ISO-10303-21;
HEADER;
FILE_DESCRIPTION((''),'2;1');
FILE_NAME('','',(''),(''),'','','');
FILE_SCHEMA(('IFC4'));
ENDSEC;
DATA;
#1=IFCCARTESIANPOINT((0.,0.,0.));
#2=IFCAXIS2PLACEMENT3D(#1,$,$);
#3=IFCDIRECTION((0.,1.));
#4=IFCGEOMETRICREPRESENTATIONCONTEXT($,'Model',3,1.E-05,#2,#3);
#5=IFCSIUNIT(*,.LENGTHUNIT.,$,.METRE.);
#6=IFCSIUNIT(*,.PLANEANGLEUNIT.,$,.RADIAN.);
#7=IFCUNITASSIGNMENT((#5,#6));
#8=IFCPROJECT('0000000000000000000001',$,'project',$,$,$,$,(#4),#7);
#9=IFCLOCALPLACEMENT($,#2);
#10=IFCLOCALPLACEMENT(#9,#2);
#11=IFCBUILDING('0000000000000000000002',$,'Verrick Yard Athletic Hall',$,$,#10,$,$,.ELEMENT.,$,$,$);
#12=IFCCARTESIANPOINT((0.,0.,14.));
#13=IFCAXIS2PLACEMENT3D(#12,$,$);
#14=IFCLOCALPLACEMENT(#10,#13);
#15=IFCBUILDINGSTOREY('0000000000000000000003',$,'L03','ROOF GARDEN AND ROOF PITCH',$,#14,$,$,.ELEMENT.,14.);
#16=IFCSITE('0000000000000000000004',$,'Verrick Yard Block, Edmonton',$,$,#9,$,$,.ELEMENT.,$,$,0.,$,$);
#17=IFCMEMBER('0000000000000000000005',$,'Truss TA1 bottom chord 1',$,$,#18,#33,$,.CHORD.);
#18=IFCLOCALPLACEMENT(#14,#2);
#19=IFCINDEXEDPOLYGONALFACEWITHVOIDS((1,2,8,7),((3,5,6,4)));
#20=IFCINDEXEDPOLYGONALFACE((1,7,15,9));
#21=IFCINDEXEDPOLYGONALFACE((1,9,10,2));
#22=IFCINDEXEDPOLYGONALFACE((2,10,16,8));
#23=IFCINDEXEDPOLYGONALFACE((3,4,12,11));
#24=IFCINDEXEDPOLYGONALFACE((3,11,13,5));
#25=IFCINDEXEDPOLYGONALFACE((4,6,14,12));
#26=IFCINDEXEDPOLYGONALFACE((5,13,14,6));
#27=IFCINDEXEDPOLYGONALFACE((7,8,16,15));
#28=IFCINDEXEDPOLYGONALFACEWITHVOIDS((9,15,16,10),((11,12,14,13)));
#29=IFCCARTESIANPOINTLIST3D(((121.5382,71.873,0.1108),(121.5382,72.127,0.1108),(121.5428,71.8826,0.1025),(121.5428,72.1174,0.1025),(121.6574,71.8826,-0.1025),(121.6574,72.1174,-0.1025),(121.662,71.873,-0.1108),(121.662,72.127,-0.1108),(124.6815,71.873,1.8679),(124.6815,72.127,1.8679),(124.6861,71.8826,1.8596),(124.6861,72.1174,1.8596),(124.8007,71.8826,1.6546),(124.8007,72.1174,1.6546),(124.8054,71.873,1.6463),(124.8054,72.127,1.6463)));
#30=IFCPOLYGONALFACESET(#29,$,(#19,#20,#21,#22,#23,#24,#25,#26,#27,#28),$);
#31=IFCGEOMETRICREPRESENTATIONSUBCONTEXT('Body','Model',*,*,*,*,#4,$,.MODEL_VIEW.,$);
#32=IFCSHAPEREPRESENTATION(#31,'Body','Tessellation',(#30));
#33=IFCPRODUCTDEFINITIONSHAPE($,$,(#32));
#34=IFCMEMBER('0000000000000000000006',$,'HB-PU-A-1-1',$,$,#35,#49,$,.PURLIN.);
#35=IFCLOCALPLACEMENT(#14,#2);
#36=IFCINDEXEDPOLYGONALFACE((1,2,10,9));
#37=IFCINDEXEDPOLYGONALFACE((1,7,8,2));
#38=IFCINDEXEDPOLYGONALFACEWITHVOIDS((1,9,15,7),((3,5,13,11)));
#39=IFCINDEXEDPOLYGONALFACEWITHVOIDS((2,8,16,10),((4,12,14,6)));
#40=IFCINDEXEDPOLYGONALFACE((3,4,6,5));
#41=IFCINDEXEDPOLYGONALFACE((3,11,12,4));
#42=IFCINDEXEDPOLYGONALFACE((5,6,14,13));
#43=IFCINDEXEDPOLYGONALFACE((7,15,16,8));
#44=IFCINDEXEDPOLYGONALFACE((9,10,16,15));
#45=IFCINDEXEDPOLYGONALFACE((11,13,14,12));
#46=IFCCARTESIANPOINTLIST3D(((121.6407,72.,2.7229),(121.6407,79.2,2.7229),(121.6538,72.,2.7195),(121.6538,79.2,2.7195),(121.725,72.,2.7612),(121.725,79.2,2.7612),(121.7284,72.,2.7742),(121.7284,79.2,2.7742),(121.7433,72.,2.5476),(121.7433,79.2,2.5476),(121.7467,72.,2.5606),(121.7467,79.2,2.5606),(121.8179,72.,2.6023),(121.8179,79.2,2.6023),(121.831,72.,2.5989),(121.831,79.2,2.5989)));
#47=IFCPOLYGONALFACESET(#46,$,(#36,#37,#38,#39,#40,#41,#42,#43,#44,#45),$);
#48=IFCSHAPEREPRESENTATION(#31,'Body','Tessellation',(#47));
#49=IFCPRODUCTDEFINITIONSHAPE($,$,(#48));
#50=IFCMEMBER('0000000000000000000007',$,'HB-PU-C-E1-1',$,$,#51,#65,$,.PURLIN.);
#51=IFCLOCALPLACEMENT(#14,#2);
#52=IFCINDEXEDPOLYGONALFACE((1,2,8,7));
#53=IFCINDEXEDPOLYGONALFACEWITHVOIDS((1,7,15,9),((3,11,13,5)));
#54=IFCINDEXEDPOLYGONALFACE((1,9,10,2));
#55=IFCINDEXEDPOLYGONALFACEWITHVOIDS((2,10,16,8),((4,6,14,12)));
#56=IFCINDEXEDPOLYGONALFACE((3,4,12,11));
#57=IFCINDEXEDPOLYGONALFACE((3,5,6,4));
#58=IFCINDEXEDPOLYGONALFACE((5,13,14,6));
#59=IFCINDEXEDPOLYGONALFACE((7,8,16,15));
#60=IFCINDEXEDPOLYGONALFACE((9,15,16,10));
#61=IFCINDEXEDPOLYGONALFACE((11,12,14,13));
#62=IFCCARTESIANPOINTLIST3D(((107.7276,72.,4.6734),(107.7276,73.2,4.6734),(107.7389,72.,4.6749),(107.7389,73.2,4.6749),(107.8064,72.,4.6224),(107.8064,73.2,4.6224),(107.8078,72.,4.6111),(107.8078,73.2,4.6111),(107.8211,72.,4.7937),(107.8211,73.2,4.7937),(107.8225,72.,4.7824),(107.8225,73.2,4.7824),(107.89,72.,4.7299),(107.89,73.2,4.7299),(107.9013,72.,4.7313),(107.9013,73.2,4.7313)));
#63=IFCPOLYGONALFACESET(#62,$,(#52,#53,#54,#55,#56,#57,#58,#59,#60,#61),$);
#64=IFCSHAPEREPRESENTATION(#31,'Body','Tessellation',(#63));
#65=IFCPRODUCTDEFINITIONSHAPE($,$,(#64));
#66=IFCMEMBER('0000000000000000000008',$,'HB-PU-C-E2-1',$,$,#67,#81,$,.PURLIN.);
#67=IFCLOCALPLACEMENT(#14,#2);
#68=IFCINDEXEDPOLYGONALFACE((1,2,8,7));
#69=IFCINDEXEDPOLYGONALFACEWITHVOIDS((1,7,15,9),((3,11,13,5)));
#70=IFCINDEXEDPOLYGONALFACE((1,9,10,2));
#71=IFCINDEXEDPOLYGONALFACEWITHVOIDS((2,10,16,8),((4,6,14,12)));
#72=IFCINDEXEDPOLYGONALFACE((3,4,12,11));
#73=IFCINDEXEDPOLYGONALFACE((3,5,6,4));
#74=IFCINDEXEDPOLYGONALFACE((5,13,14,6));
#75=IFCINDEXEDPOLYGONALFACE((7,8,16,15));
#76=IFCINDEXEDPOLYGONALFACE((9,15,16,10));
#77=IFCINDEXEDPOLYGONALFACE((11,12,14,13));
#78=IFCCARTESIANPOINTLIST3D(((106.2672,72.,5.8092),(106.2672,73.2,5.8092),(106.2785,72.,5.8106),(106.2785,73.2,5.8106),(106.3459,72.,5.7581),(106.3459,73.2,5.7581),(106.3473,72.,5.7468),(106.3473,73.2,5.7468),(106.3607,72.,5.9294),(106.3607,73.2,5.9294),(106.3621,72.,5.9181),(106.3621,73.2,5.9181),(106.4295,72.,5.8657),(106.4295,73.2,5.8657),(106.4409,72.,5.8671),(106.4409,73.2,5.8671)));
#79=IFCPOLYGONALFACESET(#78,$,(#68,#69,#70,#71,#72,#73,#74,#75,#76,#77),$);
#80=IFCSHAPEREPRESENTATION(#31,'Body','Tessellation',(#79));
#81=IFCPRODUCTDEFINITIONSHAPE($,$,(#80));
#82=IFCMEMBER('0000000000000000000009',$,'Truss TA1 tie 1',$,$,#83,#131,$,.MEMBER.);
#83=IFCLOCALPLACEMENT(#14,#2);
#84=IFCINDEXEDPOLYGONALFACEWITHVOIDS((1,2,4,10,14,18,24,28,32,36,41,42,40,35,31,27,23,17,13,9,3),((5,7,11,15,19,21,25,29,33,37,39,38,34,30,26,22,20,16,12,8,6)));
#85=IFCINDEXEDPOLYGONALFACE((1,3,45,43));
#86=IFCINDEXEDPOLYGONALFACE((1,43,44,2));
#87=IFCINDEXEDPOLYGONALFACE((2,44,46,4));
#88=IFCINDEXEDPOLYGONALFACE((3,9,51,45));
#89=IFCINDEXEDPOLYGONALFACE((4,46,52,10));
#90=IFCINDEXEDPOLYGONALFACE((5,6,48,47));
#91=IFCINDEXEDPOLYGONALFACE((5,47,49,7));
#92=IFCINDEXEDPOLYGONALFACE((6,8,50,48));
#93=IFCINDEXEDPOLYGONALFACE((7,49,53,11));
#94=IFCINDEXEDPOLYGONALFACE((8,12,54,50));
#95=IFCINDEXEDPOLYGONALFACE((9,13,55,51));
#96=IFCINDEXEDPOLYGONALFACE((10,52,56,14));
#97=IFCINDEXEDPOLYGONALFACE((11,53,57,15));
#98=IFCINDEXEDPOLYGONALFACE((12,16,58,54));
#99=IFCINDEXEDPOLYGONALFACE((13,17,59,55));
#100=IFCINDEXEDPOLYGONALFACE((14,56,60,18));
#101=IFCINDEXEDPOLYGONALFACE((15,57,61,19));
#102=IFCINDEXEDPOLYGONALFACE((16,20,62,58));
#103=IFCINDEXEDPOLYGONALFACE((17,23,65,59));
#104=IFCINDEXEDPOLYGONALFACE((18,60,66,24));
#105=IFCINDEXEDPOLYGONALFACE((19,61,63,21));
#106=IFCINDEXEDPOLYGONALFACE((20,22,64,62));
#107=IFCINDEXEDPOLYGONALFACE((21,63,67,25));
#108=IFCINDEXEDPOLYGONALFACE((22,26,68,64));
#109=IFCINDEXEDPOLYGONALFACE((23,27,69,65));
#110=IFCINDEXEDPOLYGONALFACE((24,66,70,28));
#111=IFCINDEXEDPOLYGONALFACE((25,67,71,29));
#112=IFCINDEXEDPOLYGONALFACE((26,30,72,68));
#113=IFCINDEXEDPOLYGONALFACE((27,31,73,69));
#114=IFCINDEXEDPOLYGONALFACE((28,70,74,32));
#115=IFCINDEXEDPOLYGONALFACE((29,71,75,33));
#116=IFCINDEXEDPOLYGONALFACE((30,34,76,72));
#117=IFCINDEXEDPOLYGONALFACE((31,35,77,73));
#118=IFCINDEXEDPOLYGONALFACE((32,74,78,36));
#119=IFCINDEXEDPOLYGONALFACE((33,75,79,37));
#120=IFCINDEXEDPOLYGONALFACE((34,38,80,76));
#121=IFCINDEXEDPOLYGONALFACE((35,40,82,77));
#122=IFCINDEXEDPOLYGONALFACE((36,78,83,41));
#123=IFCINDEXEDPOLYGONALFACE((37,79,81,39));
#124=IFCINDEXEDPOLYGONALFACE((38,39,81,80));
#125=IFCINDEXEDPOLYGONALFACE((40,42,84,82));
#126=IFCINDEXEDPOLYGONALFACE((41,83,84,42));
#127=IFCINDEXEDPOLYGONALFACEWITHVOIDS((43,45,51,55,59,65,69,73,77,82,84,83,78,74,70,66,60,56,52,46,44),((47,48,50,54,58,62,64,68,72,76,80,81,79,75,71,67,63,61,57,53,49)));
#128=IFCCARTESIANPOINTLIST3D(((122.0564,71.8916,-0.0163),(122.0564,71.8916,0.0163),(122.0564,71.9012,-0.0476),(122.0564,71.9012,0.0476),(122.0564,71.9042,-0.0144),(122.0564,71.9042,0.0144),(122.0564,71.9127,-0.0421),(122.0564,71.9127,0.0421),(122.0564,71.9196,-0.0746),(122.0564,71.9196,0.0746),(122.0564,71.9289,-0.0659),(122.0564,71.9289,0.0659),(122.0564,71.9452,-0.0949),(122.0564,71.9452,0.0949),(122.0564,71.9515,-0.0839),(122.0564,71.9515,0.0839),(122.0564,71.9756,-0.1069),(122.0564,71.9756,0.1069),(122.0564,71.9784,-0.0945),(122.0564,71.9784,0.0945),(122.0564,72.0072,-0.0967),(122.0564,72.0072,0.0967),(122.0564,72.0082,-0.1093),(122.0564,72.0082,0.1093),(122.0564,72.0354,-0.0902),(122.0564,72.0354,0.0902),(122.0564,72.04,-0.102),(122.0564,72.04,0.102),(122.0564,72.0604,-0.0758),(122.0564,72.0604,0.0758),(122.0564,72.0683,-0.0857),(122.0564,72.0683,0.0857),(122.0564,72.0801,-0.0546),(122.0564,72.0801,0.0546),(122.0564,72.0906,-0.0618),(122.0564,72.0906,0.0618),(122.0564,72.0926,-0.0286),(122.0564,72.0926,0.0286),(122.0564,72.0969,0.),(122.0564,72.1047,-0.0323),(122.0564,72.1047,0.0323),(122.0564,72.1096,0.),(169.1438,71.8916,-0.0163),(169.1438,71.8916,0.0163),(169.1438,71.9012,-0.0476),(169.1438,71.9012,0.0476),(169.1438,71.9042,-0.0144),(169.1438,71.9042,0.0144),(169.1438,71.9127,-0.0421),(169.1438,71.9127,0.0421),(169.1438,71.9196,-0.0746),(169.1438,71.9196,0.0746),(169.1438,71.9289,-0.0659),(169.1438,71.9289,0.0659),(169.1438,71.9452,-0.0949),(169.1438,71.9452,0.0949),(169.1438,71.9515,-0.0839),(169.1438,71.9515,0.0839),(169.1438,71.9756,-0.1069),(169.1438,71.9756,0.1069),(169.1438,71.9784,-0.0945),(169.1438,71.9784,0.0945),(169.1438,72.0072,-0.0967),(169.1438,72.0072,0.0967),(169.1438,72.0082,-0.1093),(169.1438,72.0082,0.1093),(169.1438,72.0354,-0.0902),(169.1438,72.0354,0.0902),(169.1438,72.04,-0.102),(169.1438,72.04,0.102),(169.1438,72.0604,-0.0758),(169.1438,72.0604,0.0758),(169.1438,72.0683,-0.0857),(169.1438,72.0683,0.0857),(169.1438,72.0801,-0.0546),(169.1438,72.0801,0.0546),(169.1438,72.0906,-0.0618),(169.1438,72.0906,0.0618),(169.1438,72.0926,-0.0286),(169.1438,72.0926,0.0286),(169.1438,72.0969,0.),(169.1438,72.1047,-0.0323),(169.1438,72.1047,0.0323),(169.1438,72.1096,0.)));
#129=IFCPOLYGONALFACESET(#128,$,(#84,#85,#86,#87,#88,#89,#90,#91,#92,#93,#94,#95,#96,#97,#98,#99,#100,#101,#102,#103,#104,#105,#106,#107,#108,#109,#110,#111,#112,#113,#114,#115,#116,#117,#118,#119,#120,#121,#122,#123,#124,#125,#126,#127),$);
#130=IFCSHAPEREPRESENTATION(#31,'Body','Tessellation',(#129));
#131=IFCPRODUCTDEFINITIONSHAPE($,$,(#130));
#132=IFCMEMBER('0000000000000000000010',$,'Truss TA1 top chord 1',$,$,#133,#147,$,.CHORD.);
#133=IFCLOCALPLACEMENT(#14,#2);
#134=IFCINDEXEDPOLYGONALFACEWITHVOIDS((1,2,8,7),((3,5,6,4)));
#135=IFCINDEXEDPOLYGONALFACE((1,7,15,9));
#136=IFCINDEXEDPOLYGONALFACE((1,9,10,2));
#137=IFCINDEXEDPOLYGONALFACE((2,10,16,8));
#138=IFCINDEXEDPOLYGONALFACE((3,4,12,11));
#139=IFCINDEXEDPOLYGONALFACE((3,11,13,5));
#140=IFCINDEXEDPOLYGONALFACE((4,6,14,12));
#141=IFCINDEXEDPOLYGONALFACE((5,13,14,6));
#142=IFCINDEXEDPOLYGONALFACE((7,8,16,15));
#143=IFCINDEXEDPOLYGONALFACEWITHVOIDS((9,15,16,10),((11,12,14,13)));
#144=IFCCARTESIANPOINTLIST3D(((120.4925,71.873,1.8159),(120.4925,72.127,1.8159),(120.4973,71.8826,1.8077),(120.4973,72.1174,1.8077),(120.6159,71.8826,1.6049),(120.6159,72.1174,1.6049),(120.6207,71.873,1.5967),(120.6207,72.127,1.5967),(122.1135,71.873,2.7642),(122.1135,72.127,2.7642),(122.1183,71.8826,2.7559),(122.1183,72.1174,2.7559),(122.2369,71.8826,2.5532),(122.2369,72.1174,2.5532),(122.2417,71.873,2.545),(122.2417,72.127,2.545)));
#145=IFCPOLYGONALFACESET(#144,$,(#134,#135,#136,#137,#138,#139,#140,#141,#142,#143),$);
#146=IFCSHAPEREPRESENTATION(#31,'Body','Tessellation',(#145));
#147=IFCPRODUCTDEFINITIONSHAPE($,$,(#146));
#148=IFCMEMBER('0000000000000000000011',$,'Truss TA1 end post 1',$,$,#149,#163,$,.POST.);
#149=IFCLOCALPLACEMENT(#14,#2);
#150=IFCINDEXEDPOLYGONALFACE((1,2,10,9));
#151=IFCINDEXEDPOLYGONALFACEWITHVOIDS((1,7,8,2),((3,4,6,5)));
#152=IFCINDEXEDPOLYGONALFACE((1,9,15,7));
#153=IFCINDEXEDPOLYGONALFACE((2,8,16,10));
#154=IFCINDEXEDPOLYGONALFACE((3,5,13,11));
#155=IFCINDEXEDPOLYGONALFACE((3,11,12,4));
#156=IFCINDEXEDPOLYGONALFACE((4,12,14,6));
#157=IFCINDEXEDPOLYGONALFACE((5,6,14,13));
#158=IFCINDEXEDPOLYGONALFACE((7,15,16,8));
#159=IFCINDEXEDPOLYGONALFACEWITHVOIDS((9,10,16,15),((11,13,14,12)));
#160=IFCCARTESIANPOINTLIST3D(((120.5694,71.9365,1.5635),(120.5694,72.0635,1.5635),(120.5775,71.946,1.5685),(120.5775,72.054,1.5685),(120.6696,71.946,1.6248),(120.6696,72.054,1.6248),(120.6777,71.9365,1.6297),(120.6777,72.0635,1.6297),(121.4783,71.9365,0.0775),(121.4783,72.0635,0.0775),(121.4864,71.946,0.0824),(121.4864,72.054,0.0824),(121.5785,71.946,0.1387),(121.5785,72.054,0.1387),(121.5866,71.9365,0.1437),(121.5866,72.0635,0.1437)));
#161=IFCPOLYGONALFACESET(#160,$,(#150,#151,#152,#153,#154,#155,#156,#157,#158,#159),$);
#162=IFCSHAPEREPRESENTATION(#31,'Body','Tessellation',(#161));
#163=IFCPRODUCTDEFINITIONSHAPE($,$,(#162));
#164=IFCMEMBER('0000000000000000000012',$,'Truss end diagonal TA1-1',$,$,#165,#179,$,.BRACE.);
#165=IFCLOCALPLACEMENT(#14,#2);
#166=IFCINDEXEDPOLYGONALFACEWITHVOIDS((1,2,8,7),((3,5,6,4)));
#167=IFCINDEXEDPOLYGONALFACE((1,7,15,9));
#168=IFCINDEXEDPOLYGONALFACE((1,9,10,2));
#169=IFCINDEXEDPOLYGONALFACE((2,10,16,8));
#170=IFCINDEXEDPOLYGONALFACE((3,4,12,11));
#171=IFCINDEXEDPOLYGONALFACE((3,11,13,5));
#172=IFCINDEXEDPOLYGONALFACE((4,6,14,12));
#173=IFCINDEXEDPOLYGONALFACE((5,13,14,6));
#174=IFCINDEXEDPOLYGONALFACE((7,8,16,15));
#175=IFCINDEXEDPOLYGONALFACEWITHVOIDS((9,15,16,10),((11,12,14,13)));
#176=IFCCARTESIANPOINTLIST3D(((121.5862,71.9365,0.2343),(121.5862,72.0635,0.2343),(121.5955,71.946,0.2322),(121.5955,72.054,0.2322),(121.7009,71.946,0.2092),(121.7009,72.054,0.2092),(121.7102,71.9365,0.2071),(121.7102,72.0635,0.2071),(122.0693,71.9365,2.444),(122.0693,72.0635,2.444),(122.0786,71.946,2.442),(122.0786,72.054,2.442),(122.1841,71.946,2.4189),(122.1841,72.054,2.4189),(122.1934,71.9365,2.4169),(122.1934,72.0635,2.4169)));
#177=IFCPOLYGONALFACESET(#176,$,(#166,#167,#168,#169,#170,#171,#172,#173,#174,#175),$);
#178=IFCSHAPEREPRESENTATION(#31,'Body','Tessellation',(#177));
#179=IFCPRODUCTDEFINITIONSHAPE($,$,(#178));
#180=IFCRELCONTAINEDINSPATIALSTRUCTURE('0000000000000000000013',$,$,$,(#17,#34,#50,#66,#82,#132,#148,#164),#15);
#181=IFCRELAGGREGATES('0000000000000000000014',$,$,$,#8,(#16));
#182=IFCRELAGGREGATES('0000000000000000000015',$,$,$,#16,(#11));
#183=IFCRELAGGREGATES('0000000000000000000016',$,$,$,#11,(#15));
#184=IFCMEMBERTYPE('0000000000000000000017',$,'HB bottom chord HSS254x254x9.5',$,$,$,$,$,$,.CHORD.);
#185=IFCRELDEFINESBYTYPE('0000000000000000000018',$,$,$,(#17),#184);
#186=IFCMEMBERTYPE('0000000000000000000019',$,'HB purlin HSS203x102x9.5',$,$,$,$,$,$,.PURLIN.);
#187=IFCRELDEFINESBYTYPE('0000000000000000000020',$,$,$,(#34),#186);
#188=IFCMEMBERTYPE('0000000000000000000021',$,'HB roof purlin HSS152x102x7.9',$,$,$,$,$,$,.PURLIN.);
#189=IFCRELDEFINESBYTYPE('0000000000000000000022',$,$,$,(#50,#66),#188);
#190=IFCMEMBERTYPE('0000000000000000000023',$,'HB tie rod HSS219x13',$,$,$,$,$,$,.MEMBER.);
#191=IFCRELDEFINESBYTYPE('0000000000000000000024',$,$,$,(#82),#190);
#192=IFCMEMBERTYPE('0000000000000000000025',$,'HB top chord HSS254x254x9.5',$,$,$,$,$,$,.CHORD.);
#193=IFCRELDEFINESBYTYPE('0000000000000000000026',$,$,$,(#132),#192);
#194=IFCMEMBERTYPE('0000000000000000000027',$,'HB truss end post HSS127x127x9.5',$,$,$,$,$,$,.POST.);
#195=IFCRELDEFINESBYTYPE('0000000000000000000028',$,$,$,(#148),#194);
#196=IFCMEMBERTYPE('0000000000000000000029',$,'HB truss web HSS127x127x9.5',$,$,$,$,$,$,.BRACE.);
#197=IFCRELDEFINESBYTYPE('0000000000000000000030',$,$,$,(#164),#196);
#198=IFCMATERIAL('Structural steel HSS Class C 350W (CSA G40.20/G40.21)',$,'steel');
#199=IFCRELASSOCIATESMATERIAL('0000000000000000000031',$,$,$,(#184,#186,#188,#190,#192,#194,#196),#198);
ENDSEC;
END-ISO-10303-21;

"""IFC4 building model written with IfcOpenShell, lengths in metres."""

from ifc_helpers import new_model, si_unit, direction, frame, origin, origin_2d, place, context, subcontext, project, spatial, hollow_rectangle, hollow_circle, extrude, material, material_profile, profile_set, type_object, element, save


model = new_model("IFC4")

# Units and contexts
model_context = context("Model", 3, precision=1e-05, world=origin(), true_north=direction((0.0, 1.0)))
body_context = subcontext(model_context, "Body", "Model", "MODEL_VIEW")
ifc_project = project(units=[si_unit("LENGTHUNIT", "METRE"), si_unit("PLANEANGLEUNIT", "RADIAN")], contexts=[model_context])

# Site, building, storey
site_placement = place(None, origin())
site = spatial("IfcSite", under=ifc_project, at=site_placement, Name="Verrick Yard Block, Edmonton", CompositionType="ELEMENT", RefElevation=0.0)
building_placement = place(site_placement, origin())
building = spatial("IfcBuilding", under=site, at=building_placement, Name="Verrick Yard Athletic Hall", CompositionType="ELEMENT")
storey_placement = place(building_placement, frame((0.0, 0.0, 14.0)))
storey = spatial("IfcBuildingStorey", under=building, at=storey_placement, Name="L03", Description="ROOF GARDEN AND ROOF PITCH", CompositionType="ELEMENT", Elevation=14.0)

# Members
ifc_material_1 = material(Name="Structural steel HSS Class C 350W (CSA G40.20/G40.21)", Category="steel")
ifc_material_profile_1 = material_profile(ifc_material_1, hollow_rectangle(XDim=0.2539, YDim=0.2539, WallThickness=0.0095, at=origin_2d()), Name="HSS254x254x9.5")
ifc_profile_set_1 = profile_set([ifc_material_profile_1], Name="Structural steel HSS Class C 350W (CSA G40.20/G40.21)")
member_type_1 = type_object("IfcMemberType", Name="HB bottom chord HSS254x254x9.5", PredefinedType="CHORD", material=ifc_profile_set_1)
member_1_placement = place(storey_placement, frame((121.6001, 72.0, 0.0), z_axis=(0.872881, 0.0, 0.487932), x_axis=(0.0, 1.0, 0.0)))
element("IfcMember", 1, at=member_1_placement, inside=storey, type_object=member_type_1, Name="Truss TA1 bottom chord 1", PredefinedType="CHORD", context=body_context, shape_type="SweptSolid", body=[
    extrude(hollow_rectangle(XDim=0.2539, YDim=0.2539, WallThickness=0.0095, at=origin_2d()), origin(), (0.0, 0.0, 1.0), 3.6011),
])
ifc_material_profile_2 = material_profile(ifc_material_1, hollow_rectangle(XDim=0.1016, YDim=0.2031, WallThickness=0.0095, at=origin_2d()), Name="HSS203x102x9.5")
ifc_profile_set_2 = profile_set([ifc_material_profile_2], Name="Structural steel HSS Class C 350W (CSA G40.20/G40.21)")
member_type_2 = type_object("IfcMemberType", Name="HB purlin HSS203x102x9.5", PredefinedType="PURLIN", material=ifc_profile_set_2)
member_2_placement = place(storey_placement, frame((121.7358, 72.0, 2.6609), z_axis=(0.0, 1.0, 0.0), x_axis=(-0.863168, 0.0, -0.504917)))
element("IfcMember", 2, at=member_2_placement, inside=storey, type_object=member_type_2, Name="HB-PU-A-1-1", PredefinedType="PURLIN", context=body_context, shape_type="SweptSolid", body=[
    extrude(hollow_rectangle(XDim=0.1016, YDim=0.2031, WallThickness=0.0095, at=origin_2d()), origin(), (0.0, 0.0, 1.0), 7.2),
])
ifc_material_profile_3 = material_profile(ifc_material_1, hollow_rectangle(XDim=0.1016, YDim=0.1523, WallThickness=0.0081, at=origin_2d()), Name="HSS152x102x7.9")
ifc_profile_set_3 = profile_set([ifc_material_profile_3], Name="Structural steel HSS Class C 350W (CSA G40.20/G40.21)")
member_type_3 = type_object("IfcMemberType", Name="HB roof purlin HSS152x102x7.9", PredefinedType="PURLIN", material=ifc_profile_set_3)
for number, where, z_axis, x_axis, name in (
    (3, (107.8145, 72.0, 4.7024), (0.0, 1.0, 0.0), (-0.789352, 0.0, 0.613941), "HB-PU-C-E1-1"),
    (4, (106.354, 72.0, 5.8381), (0.0, 1.0, 0.0), (-0.789352, 0.0, 0.613941), "HB-PU-C-E2-1"),
):
    element("IfcMember", number, at=place(storey_placement, frame(where, z_axis=z_axis, x_axis=x_axis)), inside=storey, type_object=member_type_3, Name=name, PredefinedType="PURLIN", context=body_context, shape_type="SweptSolid", body=[
        extrude(hollow_rectangle(XDim=0.1016, YDim=0.1523, WallThickness=0.0081, at=origin_2d()), origin(), (0.0, 0.0, 1.0), 1.2),
    ])
ifc_material_profile_4 = material_profile(ifc_material_1, hollow_circle(Radius=0.1096, WallThickness=0.0127, at=origin_2d()), Name="HSS219x13")
ifc_profile_set_4 = profile_set([ifc_material_profile_4], Name="Structural steel HSS Class C 350W (CSA G40.20/G40.21)")
member_type_4 = type_object("IfcMemberType", Name="HB tie rod HSS219x13", PredefinedType="MEMBER", material=ifc_profile_set_4)
member_3_placement = place(storey_placement, frame((122.0564, 72.0, 0.0), z_axis=(1.0, 0.0, 0.0), x_axis=(0.0, 1.0, 0.0)))
element("IfcMember", 5, at=member_3_placement, inside=storey, type_object=member_type_4, Name="Truss TA1 tie 1", PredefinedType="MEMBER", context=body_context, shape_type="SweptSolid", body=[
    extrude(hollow_circle(Radius=0.1096, WallThickness=0.0127, at=origin_2d()), origin(), (0.0, 0.0, 1.0), 47.0874),
])
ifc_material_profile_5 = material_profile(ifc_material_1, hollow_rectangle(XDim=0.2539, YDim=0.2539, WallThickness=0.0095, at=origin_2d()), Name="HSS254x254x9.5")
ifc_profile_set_5 = profile_set([ifc_material_profile_5], Name="Structural steel HSS Class C 350W (CSA G40.20/G40.21)")
member_type_5 = type_object("IfcMemberType", Name="HB top chord HSS254x254x9.5", PredefinedType="CHORD", material=ifc_profile_set_5)
member_4_placement = place(storey_placement, frame((120.5566, 72.0, 1.7063), z_axis=(0.863142, 0.0, 0.504962), x_axis=(0.0, 1.0, 0.0)))
element("IfcMember", 6, at=member_4_placement, inside=storey, type_object=member_type_5, Name="Truss TA1 top chord 1", PredefinedType="CHORD", context=body_context, shape_type="SweptSolid", body=[
    extrude(hollow_rectangle(XDim=0.2539, YDim=0.2539, WallThickness=0.0095, at=origin_2d()), origin(), (0.0, 0.0, 1.0), 1.8779),
])
ifc_material_profile_6 = material_profile(ifc_material_1, hollow_rectangle(XDim=0.127, YDim=0.127, WallThickness=0.0095, at=origin_2d()), Name="HSS127x127x9.5")
ifc_profile_set_6 = profile_set([ifc_material_profile_6], Name="Structural steel HSS Class C 350W (CSA G40.20/G40.21)")
member_type_6 = type_object("IfcMemberType", Name="HB truss end post HSS127x127x9.5", PredefinedType="POST", material=ifc_profile_set_6)
member_5_placement = place(storey_placement, frame((121.5325, 72.0, 0.1106), z_axis=(-0.521773, 0.0, 0.853084), x_axis=(0.0, -1.0, 0.0)))
element("IfcMember", 7, at=member_5_placement, inside=storey, type_object=member_type_6, Name="Truss TA1 end post 1", PredefinedType="POST", context=body_context, shape_type="SweptSolid", body=[
    extrude(hollow_rectangle(XDim=0.127, YDim=0.127, WallThickness=0.0095, at=origin_2d()), origin(), (0.0, 0.0, 1.0), 1.7419),
])
ifc_material_profile_7 = material_profile(ifc_material_1, hollow_rectangle(XDim=0.127, YDim=0.127, WallThickness=0.0095, at=origin_2d()), Name="HSS127x127x9.5")
ifc_profile_set_7 = profile_set([ifc_material_profile_7], Name="Structural steel HSS Class C 350W (CSA G40.20/G40.21)")
member_type_7 = type_object("IfcMemberType", Name="HB truss web HSS127x127x9.5", PredefinedType="BRACE", material=ifc_profile_set_7)
member_6_placement = place(storey_placement, frame((121.6482, 72.0, 0.2207), z_axis=(0.213604, 0.0, 0.97692), x_axis=(0.0, 1.0, 0.0)))
element("IfcMember", 8, at=member_6_placement, inside=storey, type_object=member_type_7, Name="Truss end diagonal TA1-1", PredefinedType="BRACE", context=body_context, shape_type="SweptSolid", body=[
    extrude(hollow_rectangle(XDim=0.127, YDim=0.127, WallThickness=0.0095, at=origin_2d()), origin(), (0.0, 0.0, 1.0), 2.262),
])

save(model, "model.ifc")
